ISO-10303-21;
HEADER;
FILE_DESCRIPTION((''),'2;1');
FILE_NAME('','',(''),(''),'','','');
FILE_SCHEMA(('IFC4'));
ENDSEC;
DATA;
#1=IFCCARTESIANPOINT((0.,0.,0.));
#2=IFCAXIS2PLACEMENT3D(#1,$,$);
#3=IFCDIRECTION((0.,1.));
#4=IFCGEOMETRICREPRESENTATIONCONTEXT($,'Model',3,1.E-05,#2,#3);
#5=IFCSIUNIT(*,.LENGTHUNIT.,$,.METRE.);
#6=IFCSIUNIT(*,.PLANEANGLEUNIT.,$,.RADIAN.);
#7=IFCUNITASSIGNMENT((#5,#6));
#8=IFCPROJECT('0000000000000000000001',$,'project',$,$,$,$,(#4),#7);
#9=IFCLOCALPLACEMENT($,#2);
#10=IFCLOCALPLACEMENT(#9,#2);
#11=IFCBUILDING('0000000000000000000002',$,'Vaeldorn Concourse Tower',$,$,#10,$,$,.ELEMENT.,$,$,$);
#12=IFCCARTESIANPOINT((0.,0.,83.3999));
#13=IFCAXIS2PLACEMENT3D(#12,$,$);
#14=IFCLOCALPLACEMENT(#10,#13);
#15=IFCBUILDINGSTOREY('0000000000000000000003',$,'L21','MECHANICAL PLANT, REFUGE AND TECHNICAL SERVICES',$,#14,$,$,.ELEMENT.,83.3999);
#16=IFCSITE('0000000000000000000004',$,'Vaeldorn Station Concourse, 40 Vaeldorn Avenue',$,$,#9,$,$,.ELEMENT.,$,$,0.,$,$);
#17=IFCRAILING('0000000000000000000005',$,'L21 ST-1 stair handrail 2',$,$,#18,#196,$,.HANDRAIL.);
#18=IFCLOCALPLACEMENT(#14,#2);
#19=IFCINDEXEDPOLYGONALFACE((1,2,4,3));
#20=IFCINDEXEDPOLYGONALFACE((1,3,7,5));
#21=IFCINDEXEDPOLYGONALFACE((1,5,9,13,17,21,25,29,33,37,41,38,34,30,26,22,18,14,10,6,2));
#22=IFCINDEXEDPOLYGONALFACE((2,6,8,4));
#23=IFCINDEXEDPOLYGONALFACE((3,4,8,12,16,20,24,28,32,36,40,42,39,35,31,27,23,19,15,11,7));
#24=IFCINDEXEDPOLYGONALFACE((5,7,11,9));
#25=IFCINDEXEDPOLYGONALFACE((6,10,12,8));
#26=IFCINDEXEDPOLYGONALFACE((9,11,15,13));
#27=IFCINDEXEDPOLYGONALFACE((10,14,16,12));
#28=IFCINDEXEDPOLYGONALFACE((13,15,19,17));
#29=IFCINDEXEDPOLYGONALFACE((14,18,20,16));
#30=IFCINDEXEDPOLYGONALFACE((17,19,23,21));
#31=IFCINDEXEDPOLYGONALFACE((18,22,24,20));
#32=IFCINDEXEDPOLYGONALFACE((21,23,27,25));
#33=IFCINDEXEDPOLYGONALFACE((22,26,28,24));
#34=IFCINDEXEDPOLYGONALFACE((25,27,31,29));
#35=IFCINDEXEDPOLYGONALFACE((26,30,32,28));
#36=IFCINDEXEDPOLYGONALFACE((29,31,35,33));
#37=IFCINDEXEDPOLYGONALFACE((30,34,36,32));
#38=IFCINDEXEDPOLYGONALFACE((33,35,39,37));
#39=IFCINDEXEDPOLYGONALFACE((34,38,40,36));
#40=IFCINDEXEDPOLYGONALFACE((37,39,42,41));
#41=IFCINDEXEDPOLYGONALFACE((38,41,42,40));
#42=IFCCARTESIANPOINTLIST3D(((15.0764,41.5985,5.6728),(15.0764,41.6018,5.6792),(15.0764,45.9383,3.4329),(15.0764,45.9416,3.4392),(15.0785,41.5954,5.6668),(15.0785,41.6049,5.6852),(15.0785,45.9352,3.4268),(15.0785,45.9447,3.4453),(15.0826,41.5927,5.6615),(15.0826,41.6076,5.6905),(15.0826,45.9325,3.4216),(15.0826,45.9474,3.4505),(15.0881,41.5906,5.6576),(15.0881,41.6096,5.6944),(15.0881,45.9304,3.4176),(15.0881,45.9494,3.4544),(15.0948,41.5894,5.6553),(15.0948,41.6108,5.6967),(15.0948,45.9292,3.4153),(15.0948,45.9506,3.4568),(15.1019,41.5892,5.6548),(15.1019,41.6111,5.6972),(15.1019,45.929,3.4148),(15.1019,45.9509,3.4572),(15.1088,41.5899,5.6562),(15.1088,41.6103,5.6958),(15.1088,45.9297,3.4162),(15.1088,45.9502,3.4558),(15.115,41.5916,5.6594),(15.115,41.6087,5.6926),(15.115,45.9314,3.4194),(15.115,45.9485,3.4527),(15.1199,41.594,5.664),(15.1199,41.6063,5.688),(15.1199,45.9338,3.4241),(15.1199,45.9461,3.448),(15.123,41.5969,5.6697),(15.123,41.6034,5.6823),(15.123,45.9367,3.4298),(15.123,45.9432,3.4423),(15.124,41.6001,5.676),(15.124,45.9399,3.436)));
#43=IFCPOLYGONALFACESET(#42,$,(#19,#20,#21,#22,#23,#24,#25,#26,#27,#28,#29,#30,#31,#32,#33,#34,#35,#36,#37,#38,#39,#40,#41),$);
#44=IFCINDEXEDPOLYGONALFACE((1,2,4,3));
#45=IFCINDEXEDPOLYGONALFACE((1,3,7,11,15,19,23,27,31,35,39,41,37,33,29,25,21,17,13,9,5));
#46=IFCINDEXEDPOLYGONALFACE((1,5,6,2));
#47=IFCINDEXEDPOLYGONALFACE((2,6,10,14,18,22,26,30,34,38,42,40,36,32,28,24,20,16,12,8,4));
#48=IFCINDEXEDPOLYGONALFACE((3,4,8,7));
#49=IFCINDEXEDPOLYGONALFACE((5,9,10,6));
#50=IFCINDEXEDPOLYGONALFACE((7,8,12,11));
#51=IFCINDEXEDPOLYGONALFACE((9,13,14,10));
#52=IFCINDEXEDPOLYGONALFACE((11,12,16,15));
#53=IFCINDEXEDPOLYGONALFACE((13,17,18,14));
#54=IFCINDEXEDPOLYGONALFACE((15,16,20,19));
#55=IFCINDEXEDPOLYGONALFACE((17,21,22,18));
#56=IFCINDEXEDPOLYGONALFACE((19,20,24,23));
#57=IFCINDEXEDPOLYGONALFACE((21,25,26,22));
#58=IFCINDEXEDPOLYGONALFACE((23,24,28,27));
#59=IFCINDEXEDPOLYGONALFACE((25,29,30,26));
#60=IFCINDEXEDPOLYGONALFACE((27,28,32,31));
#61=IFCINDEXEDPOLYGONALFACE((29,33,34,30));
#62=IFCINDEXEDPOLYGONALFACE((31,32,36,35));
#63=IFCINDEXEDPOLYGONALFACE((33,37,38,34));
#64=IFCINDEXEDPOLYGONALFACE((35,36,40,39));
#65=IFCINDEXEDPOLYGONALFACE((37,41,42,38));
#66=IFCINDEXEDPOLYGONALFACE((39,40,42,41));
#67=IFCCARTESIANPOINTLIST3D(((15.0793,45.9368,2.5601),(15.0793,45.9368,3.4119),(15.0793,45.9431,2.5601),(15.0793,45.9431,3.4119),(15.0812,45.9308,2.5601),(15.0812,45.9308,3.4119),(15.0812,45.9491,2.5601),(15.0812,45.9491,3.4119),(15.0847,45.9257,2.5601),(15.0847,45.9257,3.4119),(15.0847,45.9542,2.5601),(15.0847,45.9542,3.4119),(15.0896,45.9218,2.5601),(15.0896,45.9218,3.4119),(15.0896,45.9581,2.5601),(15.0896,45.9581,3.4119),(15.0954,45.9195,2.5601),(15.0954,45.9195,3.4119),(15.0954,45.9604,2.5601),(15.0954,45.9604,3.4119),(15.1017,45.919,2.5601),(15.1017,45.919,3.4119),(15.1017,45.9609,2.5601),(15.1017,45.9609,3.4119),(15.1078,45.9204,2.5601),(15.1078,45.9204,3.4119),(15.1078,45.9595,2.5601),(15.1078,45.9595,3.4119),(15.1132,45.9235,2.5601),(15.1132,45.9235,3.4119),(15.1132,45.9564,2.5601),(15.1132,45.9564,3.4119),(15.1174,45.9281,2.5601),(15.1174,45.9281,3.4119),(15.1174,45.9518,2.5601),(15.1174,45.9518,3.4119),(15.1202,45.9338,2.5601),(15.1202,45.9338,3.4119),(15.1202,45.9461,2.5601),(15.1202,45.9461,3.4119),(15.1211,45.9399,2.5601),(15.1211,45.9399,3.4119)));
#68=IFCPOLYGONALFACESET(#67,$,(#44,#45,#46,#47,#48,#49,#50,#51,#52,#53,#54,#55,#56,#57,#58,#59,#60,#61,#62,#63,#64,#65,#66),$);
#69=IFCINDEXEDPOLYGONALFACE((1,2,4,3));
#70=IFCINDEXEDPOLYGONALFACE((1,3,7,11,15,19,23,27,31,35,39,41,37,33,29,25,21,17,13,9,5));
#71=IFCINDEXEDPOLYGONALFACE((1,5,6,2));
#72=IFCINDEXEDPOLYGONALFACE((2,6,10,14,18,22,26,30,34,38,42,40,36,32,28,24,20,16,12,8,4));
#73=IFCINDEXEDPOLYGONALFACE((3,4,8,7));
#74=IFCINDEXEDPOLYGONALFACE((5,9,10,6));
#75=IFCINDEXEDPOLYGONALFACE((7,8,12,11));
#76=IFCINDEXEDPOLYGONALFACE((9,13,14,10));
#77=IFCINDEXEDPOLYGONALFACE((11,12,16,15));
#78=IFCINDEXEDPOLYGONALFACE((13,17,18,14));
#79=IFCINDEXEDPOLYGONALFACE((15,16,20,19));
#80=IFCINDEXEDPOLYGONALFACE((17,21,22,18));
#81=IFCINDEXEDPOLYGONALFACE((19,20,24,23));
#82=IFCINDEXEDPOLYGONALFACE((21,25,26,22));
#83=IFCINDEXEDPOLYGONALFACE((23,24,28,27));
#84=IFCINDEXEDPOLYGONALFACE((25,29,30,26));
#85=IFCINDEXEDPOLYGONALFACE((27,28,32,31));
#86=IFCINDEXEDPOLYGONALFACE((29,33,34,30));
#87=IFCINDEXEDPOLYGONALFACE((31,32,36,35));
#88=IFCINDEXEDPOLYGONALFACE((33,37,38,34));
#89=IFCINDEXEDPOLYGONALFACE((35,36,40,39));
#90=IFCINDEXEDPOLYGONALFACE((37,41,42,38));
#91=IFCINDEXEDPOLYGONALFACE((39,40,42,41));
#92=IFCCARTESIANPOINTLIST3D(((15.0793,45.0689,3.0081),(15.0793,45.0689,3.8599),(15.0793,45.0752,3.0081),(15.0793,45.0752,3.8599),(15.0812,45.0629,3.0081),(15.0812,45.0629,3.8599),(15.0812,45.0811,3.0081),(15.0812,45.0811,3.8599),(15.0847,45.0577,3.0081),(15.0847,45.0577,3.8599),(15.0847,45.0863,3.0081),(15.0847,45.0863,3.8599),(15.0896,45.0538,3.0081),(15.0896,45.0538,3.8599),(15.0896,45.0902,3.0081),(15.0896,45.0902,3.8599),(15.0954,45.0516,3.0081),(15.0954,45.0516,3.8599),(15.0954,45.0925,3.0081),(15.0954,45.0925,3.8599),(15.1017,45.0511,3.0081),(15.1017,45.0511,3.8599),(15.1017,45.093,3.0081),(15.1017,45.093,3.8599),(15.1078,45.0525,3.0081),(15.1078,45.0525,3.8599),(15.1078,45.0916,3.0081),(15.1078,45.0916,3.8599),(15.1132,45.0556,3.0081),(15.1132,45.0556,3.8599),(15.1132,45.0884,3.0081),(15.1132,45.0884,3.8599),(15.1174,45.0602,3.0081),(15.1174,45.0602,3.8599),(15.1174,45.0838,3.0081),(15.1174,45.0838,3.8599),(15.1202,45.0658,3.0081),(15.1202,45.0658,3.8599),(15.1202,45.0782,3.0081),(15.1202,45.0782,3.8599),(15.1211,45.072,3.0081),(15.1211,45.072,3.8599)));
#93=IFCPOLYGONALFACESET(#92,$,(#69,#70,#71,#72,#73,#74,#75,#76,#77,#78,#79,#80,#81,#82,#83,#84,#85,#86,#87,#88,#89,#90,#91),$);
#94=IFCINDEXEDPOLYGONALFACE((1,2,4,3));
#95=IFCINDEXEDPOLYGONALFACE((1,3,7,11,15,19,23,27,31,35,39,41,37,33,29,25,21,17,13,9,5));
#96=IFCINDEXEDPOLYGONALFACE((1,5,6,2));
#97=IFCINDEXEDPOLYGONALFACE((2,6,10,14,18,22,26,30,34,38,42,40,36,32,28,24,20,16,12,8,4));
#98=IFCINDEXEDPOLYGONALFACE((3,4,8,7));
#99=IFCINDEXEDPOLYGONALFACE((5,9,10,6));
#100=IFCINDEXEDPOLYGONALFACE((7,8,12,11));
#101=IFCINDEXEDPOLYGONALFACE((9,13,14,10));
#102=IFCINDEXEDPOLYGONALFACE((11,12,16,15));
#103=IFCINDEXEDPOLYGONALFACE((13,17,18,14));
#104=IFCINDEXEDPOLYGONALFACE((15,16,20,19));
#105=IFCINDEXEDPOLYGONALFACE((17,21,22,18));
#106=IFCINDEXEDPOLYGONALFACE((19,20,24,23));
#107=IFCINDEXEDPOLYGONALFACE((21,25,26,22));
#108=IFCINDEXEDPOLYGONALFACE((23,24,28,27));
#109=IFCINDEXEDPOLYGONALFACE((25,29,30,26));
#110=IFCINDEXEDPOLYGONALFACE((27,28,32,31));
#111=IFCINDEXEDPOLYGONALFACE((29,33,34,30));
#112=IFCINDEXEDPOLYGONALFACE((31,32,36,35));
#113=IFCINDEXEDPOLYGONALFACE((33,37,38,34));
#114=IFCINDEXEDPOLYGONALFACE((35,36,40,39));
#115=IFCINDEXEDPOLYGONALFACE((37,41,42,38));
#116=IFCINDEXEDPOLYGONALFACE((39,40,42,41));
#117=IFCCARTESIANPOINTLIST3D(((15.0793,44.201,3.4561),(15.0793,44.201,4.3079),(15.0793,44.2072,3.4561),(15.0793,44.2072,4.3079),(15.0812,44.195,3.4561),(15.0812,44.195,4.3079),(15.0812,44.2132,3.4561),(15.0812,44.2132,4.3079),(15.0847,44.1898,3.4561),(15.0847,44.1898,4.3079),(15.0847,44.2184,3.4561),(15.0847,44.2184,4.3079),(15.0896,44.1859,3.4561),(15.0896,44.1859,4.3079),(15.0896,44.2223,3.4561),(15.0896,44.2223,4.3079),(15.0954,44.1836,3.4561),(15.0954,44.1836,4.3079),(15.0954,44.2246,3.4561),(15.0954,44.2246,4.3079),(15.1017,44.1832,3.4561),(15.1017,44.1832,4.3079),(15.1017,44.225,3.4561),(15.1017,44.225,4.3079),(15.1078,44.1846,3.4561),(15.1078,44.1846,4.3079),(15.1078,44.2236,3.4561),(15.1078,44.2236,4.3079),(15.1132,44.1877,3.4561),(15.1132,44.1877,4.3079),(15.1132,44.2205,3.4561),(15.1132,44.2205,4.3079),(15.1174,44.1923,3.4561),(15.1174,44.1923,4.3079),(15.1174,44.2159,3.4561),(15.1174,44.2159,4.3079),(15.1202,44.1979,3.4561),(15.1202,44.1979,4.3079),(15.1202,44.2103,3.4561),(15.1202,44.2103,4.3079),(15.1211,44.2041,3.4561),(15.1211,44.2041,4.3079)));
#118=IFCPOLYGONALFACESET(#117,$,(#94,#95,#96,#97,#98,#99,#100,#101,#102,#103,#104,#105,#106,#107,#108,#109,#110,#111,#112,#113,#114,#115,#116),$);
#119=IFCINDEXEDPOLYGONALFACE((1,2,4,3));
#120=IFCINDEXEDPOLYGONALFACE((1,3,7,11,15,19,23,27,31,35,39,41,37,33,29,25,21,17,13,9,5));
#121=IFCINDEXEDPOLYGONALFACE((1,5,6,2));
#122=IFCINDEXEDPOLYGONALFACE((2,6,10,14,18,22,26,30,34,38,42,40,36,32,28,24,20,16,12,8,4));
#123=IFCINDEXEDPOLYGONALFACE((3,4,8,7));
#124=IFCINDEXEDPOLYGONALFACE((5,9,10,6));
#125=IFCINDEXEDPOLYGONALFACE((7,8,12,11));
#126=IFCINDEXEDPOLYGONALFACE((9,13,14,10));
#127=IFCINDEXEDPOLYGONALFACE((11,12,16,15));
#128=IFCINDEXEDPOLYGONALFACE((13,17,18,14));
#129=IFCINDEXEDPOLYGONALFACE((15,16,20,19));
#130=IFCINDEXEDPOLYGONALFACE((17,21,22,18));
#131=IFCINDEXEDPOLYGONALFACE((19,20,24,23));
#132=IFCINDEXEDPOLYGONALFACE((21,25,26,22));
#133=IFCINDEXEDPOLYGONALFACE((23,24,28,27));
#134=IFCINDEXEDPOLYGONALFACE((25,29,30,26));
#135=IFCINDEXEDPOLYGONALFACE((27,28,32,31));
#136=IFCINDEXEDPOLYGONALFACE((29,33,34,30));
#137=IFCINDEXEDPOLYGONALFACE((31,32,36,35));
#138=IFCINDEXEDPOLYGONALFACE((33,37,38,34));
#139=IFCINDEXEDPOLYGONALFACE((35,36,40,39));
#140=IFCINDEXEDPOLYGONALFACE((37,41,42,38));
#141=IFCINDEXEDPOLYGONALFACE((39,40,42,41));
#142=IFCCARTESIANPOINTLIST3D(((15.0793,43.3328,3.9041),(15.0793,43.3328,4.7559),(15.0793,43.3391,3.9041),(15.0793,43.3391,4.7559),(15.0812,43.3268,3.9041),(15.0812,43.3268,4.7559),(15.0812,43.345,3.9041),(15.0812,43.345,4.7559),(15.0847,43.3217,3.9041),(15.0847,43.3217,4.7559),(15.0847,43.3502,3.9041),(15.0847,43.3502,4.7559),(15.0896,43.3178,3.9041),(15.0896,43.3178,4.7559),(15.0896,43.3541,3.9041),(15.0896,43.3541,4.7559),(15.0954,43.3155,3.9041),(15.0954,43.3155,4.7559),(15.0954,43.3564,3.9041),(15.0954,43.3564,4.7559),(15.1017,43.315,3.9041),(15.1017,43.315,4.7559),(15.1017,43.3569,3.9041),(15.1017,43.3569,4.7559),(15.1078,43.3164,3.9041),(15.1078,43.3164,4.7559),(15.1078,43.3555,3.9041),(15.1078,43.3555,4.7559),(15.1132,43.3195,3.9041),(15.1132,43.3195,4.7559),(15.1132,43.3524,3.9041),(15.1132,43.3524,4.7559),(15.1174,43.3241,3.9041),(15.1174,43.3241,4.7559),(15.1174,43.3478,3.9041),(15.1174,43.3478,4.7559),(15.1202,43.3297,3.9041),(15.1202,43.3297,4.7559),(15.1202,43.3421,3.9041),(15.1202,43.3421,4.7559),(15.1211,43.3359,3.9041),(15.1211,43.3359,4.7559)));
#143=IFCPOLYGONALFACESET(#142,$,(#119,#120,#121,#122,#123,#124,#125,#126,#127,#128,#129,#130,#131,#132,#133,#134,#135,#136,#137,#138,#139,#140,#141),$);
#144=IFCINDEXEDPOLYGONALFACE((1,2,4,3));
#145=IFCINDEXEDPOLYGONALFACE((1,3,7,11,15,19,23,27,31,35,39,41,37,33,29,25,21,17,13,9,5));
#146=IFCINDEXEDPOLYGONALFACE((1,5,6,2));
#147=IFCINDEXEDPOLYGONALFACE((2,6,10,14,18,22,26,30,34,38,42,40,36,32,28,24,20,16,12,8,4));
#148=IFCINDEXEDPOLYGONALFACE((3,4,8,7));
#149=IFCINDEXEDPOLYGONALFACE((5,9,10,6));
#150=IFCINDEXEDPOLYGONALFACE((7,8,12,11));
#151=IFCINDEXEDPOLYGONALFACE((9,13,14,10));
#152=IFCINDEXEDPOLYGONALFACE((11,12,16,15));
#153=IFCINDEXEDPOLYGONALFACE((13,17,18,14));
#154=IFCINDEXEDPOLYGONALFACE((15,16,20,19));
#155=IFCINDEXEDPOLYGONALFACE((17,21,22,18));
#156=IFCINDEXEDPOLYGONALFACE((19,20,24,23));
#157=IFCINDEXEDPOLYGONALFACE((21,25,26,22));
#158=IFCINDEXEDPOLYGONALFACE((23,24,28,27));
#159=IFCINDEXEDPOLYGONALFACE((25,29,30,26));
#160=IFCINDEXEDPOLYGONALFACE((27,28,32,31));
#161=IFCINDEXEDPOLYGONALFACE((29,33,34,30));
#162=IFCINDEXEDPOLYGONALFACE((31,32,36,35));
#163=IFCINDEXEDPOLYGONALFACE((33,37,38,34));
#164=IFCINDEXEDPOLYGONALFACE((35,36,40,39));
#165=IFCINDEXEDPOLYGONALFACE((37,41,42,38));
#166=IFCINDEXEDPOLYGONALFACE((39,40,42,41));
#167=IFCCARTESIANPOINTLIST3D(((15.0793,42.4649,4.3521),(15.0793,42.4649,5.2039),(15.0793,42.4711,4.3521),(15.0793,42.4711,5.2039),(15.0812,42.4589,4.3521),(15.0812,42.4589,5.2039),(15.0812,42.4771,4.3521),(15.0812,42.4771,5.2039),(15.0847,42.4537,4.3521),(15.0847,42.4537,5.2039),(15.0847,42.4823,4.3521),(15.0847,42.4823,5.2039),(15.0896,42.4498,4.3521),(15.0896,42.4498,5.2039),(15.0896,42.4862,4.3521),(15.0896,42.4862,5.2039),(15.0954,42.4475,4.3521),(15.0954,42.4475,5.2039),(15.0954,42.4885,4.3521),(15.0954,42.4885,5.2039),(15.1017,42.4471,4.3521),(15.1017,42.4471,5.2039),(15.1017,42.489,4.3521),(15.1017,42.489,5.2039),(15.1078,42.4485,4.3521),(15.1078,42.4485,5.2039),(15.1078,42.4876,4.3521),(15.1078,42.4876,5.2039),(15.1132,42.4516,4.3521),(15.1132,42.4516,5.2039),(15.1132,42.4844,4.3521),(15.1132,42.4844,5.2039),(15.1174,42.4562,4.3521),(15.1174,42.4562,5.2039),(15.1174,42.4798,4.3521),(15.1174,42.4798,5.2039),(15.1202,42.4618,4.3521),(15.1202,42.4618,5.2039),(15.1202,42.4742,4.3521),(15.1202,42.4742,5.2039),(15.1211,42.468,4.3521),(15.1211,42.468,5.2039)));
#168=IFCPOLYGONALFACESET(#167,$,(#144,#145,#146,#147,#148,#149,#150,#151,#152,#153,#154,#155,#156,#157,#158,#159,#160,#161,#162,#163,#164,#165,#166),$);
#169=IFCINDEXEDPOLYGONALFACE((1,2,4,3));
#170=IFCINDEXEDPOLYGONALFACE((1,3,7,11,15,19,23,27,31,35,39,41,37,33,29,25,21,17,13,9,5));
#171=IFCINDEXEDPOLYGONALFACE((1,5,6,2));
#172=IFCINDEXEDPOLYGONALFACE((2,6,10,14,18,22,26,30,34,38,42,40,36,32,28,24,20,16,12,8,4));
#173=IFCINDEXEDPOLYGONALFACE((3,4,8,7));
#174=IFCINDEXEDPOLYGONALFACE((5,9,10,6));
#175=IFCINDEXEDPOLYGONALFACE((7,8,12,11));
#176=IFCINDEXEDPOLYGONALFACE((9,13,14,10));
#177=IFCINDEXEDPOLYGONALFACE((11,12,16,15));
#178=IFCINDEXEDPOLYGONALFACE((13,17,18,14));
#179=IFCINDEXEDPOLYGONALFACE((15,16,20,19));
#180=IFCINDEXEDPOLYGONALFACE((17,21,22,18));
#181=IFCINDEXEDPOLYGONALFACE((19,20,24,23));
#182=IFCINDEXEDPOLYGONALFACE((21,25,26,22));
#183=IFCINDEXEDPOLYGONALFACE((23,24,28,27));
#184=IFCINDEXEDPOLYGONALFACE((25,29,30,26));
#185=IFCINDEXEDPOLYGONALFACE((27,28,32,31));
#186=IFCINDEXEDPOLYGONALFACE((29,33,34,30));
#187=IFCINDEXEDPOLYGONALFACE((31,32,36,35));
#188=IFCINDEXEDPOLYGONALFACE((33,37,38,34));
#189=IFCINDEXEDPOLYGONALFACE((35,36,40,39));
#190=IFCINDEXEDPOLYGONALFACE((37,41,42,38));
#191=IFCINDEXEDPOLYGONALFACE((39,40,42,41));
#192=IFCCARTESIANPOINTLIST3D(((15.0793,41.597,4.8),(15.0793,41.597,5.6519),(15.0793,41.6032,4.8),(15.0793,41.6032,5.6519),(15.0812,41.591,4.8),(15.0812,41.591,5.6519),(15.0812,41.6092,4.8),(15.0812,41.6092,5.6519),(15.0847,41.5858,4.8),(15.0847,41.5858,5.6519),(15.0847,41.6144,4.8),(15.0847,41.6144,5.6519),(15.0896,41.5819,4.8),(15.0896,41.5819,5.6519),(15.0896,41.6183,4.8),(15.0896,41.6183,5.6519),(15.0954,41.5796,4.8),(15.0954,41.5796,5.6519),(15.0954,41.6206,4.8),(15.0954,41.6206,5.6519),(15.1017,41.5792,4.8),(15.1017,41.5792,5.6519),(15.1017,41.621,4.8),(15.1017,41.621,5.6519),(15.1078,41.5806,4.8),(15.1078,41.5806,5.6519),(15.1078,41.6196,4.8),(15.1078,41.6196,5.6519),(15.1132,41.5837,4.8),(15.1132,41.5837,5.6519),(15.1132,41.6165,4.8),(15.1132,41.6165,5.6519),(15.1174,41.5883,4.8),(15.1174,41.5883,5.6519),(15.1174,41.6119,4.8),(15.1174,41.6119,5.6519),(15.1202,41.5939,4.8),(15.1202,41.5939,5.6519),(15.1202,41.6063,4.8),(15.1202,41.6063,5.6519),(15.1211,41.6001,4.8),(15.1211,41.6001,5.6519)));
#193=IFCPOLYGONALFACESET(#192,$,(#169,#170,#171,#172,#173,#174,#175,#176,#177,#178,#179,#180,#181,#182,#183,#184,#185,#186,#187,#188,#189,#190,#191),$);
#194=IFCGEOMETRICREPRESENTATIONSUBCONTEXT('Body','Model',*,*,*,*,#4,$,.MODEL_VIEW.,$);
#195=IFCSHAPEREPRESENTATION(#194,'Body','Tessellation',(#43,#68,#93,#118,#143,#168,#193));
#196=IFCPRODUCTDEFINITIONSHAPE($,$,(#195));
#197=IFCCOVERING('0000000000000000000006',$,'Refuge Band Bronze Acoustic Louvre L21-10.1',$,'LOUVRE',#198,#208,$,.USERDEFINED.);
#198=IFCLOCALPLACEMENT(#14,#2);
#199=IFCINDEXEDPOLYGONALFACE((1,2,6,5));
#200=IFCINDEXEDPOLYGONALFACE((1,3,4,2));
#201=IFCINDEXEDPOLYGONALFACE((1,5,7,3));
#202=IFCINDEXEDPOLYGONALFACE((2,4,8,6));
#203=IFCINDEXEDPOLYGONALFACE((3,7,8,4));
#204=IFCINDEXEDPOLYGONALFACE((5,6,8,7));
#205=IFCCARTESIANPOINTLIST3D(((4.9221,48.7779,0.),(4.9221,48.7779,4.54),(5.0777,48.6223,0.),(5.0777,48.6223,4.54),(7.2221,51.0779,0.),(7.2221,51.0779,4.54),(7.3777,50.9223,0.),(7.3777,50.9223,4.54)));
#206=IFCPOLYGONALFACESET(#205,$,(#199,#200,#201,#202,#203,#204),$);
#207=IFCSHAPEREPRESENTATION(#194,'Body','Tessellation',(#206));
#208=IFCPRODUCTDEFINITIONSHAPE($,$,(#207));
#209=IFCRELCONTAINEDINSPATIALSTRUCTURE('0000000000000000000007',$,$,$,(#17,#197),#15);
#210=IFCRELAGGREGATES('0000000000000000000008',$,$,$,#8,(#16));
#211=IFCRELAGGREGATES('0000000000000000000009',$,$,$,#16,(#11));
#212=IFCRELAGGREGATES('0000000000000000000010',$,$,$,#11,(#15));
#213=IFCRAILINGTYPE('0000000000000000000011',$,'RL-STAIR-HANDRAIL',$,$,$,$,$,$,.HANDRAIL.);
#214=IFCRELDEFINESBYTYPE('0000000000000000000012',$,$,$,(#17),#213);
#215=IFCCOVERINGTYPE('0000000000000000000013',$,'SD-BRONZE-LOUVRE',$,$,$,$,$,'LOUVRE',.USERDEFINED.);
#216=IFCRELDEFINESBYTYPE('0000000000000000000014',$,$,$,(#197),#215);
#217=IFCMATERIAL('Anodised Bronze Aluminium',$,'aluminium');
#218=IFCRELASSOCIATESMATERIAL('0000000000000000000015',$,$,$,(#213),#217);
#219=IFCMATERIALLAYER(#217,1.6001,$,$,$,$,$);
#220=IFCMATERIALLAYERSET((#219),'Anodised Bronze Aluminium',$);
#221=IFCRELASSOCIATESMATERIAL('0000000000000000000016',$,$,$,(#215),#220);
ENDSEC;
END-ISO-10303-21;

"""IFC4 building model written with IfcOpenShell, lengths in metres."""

from ifc_helpers import new_model, si_unit, direction, frame, origin, origin_2d, place, context, subcontext, project, spatial, rectangle, circle, extrude, source, transform, mapped, material, layer, layer_set, type_object, element, save


model = new_model("IFC4")

# Units and contexts
model_context = context("Model", 3, precision=1e-05, world=origin(), true_north=direction((0.0, 1.0)))
body_context = subcontext(model_context, "Body", "Model", "MODEL_VIEW")
ifc_project = project(units=[si_unit("LENGTHUNIT", "METRE"), si_unit("PLANEANGLEUNIT", "RADIAN")], contexts=[model_context])

# Site, building, storey
site_placement = place(None, origin())
site = spatial("IfcSite", under=ifc_project, at=site_placement, Name="Vaeldorn Station Concourse, 40 Vaeldorn Avenue", CompositionType="ELEMENT", RefElevation=0.0)
building_placement = place(site_placement, origin())
building = spatial("IfcBuilding", under=site, at=building_placement, Name="Vaeldorn Concourse Tower", CompositionType="ELEMENT")
storey_placement = place(building_placement, frame((0.0, 0.0, 83.3999)))
storey = spatial("IfcBuildingStorey", under=building, at=storey_placement, Name="L21", Description="MECHANICAL PLANT, REFUGE AND TECHNICAL SERVICES", CompositionType="ELEMENT", Elevation=83.3999)

# Railing
ifc_material_1 = material(Name="Anodised Bronze Aluminium", Category="aluminium")
railing_type_1 = type_object("IfcRailingType", Name="RL-STAIR-HANDRAIL", PredefinedType="HANDRAIL", material=ifc_material_1)
railing_1_placement = place(storey_placement, frame((15.1001, 45.9399, 2.5601)))
element("IfcRailing", 1, at=railing_1_placement, inside=storey, type_object=railing_type_1, Name="L21 ST-1 stair handrail 2", PredefinedType="HANDRAIL", context=body_context, shape_type="SweptSolid", body=[
    extrude(circle(Radius=0.0239, at=origin_2d()), frame((0.0, 0.0, 0.876), z_axis=(0.0, -0.888615, 0.458654), x_axis=(1.0, 0.0, 0.0)), (0.0, 0.0, 1.0), 4.8838),
    extrude(circle(Radius=0.021, at=origin_2d()), origin(), (0.0, 0.0, 1.0), 0.8518),
    extrude(circle(Radius=0.021, at=origin_2d()), frame((0.0, -0.8679, 0.448)), (0.0, 0.0, 1.0), 0.8518),
    extrude(circle(Radius=0.021, at=origin_2d()), frame((0.0, -1.7358, 0.896)), (0.0, 0.0, 1.0), 0.8518),
    extrude(circle(Radius=0.021, at=origin_2d()), frame((0.0, -2.604, 1.344)), (0.0, 0.0, 1.0), 0.8518),
    extrude(circle(Radius=0.021, at=origin_2d()), frame((0.0, -3.4719, 1.792)), (0.0, 0.0, 1.0), 0.8518),
    extrude(circle(Radius=0.021, at=origin_2d()), frame((0.0, -4.3398, 2.24)), (0.0, 0.0, 1.0), 0.8518),
])

# Covering
ifc_layer_1 = layer(ifc_material_1, 1.6001)
ifc_layer_set_1 = layer_set([ifc_layer_1], Name="Anodised Bronze Aluminium")
covering_type = type_object("IfcCoveringType", Name="SD-BRONZE-LOUVRE", ElementType="LOUVRE", PredefinedType="USERDEFINED", material=ifc_layer_set_1)
shared_shape_1 = source(origin(), body_context, "Body", "SweptSolid", [
    extrude(rectangle(XDim=3.2527, YDim=0.22, at=origin_2d()), origin(), (0.0, 0.0, 1.0), 4.54),
])
covering_1_placement = place(storey_placement, frame((6.1499, 49.8501, 0.0), z_axis=(0.0, 0.0, 1.0), x_axis=(-0.707107, -0.707107, 0.0)))
element("IfcCovering", 2, at=covering_1_placement, inside=storey, type_object=covering_type, Name="Refuge Band Bronze Acoustic Louvre L21-10.1", ObjectType="LOUVRE", PredefinedType="USERDEFINED", context=body_context, shape_type="MappedRepresentation", body=[
    mapped(shared_shape_1, transform((0.0, 0.0, 0.0), scale=1.0)),
])

save(model, "model.ifc")
